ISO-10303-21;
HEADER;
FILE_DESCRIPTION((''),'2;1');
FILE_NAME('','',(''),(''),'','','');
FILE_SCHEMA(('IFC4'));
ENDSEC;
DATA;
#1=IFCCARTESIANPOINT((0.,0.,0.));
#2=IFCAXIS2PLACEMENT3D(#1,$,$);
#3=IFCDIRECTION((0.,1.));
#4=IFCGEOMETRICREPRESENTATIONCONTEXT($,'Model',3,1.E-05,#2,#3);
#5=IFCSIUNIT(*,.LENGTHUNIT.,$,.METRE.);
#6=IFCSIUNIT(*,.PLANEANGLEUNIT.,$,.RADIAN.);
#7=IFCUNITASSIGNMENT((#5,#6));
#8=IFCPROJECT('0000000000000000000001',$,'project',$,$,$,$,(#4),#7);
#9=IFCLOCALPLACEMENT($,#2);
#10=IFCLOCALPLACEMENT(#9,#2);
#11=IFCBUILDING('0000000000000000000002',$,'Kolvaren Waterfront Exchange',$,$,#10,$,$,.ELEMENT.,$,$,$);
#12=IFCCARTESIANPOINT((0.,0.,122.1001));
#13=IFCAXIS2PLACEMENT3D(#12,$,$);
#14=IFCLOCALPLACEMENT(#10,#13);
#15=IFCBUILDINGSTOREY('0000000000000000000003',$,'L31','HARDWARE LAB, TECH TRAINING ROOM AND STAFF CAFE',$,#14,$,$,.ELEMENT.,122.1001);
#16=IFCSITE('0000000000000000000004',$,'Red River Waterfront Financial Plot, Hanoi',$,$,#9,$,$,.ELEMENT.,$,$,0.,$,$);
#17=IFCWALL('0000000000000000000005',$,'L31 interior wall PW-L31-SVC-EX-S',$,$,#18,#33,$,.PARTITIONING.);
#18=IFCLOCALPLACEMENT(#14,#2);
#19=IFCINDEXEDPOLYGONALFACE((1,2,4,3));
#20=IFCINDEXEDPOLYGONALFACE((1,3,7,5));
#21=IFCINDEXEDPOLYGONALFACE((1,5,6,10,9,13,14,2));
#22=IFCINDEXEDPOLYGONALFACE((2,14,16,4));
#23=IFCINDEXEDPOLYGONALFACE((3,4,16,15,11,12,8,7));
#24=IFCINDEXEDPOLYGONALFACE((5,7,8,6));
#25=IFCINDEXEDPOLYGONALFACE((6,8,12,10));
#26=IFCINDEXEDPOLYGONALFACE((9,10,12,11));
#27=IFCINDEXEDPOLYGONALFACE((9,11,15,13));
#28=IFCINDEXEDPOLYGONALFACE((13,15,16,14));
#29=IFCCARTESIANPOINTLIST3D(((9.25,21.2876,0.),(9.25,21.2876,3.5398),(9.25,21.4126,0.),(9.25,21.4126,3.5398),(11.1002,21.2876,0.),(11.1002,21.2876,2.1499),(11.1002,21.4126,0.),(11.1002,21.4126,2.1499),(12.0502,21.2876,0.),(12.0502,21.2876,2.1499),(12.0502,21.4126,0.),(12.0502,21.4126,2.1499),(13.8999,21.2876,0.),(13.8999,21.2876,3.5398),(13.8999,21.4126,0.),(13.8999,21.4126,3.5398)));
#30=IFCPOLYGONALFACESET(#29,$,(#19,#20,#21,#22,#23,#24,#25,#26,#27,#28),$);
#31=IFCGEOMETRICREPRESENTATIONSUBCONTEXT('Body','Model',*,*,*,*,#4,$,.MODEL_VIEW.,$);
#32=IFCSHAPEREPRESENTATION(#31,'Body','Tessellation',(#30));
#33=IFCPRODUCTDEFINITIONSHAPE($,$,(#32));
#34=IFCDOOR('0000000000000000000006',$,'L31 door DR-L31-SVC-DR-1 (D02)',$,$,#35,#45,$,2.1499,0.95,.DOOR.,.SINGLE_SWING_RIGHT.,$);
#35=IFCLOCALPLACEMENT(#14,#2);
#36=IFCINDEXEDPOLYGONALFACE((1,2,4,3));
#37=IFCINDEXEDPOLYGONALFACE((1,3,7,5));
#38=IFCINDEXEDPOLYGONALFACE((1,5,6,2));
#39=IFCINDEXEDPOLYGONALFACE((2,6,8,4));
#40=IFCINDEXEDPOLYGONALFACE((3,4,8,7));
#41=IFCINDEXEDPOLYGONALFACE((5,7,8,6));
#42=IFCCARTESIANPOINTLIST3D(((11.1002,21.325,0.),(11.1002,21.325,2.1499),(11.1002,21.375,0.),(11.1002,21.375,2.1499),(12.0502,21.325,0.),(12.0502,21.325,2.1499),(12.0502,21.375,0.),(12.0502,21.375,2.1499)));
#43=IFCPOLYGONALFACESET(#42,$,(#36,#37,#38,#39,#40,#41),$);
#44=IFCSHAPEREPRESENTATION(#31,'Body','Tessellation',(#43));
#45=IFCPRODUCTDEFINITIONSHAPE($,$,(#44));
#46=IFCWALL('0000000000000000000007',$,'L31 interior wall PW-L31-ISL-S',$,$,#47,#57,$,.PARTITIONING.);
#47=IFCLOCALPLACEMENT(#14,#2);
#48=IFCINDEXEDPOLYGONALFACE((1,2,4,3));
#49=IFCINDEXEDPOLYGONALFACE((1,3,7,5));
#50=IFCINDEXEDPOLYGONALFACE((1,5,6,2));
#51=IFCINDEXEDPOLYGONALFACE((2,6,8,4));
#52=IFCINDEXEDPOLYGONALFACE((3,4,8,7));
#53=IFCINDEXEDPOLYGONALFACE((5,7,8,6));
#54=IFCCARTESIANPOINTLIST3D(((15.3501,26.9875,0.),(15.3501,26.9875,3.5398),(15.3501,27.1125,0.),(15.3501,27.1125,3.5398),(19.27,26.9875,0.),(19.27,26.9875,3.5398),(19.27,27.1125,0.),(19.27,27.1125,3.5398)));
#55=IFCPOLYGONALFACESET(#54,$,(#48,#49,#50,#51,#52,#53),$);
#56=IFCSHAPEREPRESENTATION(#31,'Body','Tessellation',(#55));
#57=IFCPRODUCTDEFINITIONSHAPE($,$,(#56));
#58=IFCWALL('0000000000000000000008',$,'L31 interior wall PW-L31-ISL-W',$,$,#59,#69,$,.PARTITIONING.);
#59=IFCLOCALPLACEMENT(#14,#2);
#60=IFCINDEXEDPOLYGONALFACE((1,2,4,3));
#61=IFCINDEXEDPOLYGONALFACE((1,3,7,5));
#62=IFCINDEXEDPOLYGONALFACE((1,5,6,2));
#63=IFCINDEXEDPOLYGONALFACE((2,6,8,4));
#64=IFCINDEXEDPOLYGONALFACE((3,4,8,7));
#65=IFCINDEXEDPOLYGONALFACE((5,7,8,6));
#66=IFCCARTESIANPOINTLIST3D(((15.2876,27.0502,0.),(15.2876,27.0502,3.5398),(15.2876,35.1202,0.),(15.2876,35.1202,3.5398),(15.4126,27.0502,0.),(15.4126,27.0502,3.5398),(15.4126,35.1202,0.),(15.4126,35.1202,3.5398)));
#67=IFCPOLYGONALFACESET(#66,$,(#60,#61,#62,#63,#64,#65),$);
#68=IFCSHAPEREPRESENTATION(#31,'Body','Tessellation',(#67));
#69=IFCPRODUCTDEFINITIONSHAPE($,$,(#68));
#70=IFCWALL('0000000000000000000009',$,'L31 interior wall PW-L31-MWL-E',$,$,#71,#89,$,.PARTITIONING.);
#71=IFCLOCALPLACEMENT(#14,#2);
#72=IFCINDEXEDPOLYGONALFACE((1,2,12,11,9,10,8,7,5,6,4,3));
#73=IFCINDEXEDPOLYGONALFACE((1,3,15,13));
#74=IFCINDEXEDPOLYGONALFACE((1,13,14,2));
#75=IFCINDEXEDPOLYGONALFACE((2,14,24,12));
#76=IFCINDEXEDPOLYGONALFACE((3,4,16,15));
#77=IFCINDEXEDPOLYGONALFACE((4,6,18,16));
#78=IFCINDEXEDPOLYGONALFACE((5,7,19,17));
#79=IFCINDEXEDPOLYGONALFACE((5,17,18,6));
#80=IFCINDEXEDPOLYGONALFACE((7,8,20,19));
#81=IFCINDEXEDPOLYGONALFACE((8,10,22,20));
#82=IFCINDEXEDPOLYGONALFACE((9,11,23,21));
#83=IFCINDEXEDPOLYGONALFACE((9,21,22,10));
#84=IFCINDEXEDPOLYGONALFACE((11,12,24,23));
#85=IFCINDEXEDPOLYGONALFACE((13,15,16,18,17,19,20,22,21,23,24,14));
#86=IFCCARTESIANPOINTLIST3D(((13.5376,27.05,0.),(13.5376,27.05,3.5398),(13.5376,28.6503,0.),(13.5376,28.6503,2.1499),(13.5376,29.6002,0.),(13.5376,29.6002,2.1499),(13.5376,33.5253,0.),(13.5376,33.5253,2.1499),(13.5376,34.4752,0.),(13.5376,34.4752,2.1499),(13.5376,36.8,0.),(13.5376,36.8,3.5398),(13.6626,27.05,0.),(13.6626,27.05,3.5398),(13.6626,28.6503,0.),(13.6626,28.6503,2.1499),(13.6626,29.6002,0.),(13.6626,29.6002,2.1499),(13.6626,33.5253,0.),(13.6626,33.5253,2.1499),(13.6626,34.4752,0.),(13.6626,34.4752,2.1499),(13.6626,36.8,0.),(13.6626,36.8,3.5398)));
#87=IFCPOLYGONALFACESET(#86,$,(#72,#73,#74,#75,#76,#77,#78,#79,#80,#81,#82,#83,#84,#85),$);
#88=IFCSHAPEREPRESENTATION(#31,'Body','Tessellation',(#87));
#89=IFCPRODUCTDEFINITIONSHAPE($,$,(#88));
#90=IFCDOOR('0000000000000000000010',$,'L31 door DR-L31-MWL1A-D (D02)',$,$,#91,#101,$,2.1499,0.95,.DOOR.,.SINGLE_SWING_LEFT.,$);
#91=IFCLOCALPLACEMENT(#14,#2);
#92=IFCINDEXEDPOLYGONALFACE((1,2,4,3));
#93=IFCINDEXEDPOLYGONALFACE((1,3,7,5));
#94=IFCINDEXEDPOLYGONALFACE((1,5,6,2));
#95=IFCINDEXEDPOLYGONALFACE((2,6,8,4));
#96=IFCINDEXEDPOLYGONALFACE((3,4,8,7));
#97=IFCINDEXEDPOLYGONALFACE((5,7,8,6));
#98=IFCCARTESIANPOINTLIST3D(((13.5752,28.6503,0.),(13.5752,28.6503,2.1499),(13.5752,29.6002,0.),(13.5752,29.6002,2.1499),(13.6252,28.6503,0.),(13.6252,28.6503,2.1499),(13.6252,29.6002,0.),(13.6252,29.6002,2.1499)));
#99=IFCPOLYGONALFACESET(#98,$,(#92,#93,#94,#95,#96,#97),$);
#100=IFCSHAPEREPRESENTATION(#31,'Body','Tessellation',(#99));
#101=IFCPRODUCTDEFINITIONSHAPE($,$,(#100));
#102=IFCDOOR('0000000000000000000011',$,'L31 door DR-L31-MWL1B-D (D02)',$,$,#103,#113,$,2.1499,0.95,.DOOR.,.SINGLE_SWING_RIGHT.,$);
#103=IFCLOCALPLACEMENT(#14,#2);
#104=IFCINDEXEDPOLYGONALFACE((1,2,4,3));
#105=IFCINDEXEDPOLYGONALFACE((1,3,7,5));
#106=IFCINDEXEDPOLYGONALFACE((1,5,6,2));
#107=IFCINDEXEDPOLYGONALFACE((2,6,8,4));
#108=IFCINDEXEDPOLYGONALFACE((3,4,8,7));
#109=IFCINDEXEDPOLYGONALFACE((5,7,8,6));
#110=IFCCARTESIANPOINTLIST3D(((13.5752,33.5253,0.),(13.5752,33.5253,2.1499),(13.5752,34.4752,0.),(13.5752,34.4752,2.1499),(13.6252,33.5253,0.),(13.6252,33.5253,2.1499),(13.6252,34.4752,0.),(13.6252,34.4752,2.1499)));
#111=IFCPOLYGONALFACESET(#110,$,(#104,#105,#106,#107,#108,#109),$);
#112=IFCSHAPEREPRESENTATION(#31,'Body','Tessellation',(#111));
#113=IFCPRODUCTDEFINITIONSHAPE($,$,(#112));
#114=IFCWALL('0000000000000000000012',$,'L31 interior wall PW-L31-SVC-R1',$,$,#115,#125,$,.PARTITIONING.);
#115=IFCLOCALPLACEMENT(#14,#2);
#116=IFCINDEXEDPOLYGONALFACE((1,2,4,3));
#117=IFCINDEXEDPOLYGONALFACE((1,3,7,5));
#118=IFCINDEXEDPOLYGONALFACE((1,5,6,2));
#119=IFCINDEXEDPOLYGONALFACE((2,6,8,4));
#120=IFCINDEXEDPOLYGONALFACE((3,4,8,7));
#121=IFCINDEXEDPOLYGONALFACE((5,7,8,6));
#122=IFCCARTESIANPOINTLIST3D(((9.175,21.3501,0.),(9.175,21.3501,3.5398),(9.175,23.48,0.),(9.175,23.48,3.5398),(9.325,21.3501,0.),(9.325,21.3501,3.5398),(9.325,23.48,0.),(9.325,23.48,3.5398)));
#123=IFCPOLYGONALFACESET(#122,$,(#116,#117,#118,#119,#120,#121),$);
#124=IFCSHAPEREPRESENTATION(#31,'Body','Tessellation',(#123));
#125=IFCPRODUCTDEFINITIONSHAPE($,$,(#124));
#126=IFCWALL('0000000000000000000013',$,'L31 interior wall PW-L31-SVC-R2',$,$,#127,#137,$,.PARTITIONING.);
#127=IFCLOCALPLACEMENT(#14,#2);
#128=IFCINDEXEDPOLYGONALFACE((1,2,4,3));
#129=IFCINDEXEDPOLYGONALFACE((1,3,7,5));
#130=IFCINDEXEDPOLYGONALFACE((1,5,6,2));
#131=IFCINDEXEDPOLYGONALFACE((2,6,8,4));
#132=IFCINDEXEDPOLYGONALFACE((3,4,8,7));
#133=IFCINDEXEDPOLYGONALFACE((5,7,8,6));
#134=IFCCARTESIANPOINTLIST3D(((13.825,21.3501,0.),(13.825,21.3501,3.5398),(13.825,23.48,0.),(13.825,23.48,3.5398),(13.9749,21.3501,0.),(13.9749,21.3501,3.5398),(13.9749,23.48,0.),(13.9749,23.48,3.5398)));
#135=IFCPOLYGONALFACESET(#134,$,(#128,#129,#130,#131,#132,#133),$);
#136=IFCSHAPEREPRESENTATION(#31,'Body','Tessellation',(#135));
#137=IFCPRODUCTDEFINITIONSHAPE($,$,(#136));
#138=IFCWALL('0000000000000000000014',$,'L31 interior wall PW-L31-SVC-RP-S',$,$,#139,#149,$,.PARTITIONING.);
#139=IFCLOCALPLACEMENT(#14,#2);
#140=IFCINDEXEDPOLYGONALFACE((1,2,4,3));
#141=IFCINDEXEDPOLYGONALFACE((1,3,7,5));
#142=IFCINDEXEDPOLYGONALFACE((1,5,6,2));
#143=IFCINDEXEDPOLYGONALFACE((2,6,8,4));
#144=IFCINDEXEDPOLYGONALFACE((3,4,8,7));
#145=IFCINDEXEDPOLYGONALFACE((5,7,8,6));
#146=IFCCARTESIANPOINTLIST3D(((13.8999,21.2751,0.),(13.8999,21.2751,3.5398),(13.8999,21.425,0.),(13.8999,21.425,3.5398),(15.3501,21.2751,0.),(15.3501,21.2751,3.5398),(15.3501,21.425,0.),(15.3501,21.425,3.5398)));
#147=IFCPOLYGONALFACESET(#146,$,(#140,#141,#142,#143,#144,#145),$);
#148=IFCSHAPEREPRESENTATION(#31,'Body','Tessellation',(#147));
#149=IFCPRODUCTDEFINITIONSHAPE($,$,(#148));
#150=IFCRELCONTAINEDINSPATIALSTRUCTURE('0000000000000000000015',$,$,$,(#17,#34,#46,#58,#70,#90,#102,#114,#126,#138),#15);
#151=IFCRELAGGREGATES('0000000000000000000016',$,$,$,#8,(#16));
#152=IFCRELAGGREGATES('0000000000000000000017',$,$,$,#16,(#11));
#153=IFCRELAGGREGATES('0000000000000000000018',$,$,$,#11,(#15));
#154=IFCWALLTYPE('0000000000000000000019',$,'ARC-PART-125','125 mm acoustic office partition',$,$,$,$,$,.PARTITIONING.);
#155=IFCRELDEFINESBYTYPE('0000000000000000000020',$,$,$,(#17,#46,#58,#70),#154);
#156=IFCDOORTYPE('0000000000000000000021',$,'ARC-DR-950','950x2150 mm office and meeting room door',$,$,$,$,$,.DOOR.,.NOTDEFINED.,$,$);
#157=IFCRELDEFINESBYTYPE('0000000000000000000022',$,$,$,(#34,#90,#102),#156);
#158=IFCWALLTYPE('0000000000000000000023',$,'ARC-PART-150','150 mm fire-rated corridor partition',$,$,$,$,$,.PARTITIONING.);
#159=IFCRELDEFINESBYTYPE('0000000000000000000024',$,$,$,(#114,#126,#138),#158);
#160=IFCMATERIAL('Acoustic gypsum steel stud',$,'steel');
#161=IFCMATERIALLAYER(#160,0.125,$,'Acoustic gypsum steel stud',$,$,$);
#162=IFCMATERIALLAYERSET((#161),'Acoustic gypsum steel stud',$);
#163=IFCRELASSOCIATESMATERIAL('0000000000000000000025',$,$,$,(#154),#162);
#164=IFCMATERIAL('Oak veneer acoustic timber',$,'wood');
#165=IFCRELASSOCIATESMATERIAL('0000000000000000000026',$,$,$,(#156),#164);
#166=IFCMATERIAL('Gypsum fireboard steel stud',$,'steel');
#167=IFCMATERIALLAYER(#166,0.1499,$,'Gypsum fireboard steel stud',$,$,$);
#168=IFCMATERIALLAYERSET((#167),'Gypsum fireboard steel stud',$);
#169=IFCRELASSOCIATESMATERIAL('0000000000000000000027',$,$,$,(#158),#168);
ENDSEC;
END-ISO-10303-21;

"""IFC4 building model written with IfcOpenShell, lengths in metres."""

from ifc_helpers import new_model, si_unit, direction, frame, frame_2d, origin, place, context, subcontext, project, spatial, rectangle, extrude, material, layer, layer_set, type_object, element, fill, save


model = new_model("IFC4")

# Units and contexts
model_context = context("Model", 3, precision=1e-05, world=origin(), true_north=direction((0.0, 1.0)))
body_context = subcontext(model_context, "Body", "Model", "MODEL_VIEW")
ifc_project = project(units=[si_unit("LENGTHUNIT", "METRE"), si_unit("PLANEANGLEUNIT", "RADIAN")], contexts=[model_context])

# Site, building, storey
site_placement = place(None, origin())
site = spatial("IfcSite", under=ifc_project, at=site_placement, Name="Red River Waterfront Financial Plot, Hanoi", CompositionType="ELEMENT", RefElevation=0.0)
building_placement = place(site_placement, origin())
building = spatial("IfcBuilding", under=site, at=building_placement, Name="Kolvaren Waterfront Exchange", CompositionType="ELEMENT")
storey_placement = place(building_placement, frame((0.0, 0.0, 122.1001)))
storey = spatial("IfcBuildingStorey", under=building, at=storey_placement, Name="L31", Description="HARDWARE LAB, TECH TRAINING ROOM AND STAFF CAFE", CompositionType="ELEMENT", Elevation=122.1001)

# Wall, opening, door
ifc_material_1 = material(Name="Acoustic gypsum steel stud", Category="steel")
ifc_layer_1 = layer(ifc_material_1, 0.125, Name="Acoustic gypsum steel stud")
ifc_layer_set_1 = layer_set([ifc_layer_1], Name="Acoustic gypsum steel stud")
wall_type_1 = type_object("IfcWallType", Name="ARC-PART-125", Description="125 mm acoustic office partition", PredefinedType="PARTITIONING", material=ifc_layer_set_1)
wall_1_placement = place(storey_placement, frame((9.25, 21.3501, 0.0), z_axis=(0.0, 0.0, 1.0), x_axis=(1.0, 0.0, 0.0)))
wall_1 = element("IfcWall", 1, at=wall_1_placement, inside=storey, type_object=wall_type_1, Name="L31 interior wall PW-L31-SVC-EX-S", PredefinedType="PARTITIONING", context=body_context, shape_type="SweptSolid", body=[
    extrude(rectangle(XDim=4.6499, YDim=0.125, at=frame_2d((2.325, 0.0))), origin(), (0.0, 0.0, 1.0), 3.5398),
])
opening_1_placement = place(wall_1_placement, frame((1.8501, 0.0, 0.0)))
opening_1 = element("IfcOpeningElement", 2, at=opening_1_placement, cuts=wall_1, PredefinedType="OPENING", context=body_context, shape_type="SweptSolid", body=[
    extrude(rectangle(XDim=0.95, YDim=2.1499, at=frame_2d((0.4751, 1.075))), frame((0.0, 0.0725, 0.0), z_axis=(0.0, -1.0, 0.0), x_axis=(1.0, 0.0, 0.0)), (0.0, 0.0, 1.0), 0.145),
])
ifc_material_2 = material(Name="Oak veneer acoustic timber", Category="wood")
door_type_1 = type_object("IfcDoorType", Name="ARC-DR-950", Description="950x2150 mm office and meeting room door", OperationType="NOTDEFINED", PredefinedType="DOOR", material=ifc_material_2)
door_1_placement = place(opening_1_placement, origin())
door_1 = element("IfcDoor", 3, at=door_1_placement, inside=storey, type_object=door_type_1, Name="L31 door DR-L31-SVC-DR-1 (D02)", OperationType="SINGLE_SWING_RIGHT", OverallHeight=2.1499, OverallWidth=0.95, PredefinedType="DOOR", context=body_context, shape_type="SweptSolid", body=[
    extrude(rectangle(XDim=0.95, YDim=2.1499, at=frame_2d((0.4751, 1.075))), frame((0.0, 0.0249, 0.0), z_axis=(0.0, -1.0, 0.0), x_axis=(1.0, 0.0, 0.0)), (0.0, 0.0, 1.0), 0.05),
])
fill(opening_1, door_1)

# Walls
wall_2_placement = place(storey_placement, frame((15.3501, 27.05, 0.0), z_axis=(0.0, 0.0, 1.0), x_axis=(1.0, 0.0, 0.0)))
element("IfcWall", 4, at=wall_2_placement, inside=storey, type_object=wall_type_1, Name="L31 interior wall PW-L31-ISL-S", PredefinedType="PARTITIONING", context=body_context, shape_type="SweptSolid", body=[
    extrude(rectangle(XDim=3.9199, YDim=0.125, at=frame_2d((1.96, 0.0))), origin(), (0.0, 0.0, 1.0), 3.5398),
])
wall_3_placement = place(storey_placement, frame((15.3501, 27.05, 0.0), z_axis=(0.0, 0.0, 1.0), x_axis=(0.0, 1.0, 0.0)))
element("IfcWall", 5, at=wall_3_placement, inside=storey, type_object=wall_type_1, Name="L31 interior wall PW-L31-ISL-W", PredefinedType="PARTITIONING", context=body_context, shape_type="SweptSolid", body=[
    extrude(rectangle(XDim=8.0701, YDim=0.125, at=frame_2d((4.0352, 0.0))), origin(), (0.0, 0.0, 1.0), 3.5398),
])

# Wall, openings, doors
wall_4_placement = place(storey_placement, frame((13.6001, 27.05, 0.0), z_axis=(0.0, 0.0, 1.0), x_axis=(0.0, 1.0, 0.0)))
wall_4 = element("IfcWall", 6, at=wall_4_placement, inside=storey, type_object=wall_type_1, Name="L31 interior wall PW-L31-MWL-E", PredefinedType="PARTITIONING", context=body_context, shape_type="SweptSolid", body=[
    extrude(rectangle(XDim=9.75, YDim=0.125, at=frame_2d((4.875, 0.0))), origin(), (0.0, 0.0, 1.0), 3.5398),
])
opening_2_placement = place(wall_4_placement, frame((1.6001, 0.0, 0.0)))
opening_2 = element("IfcOpeningElement", 7, at=opening_2_placement, cuts=wall_4, PredefinedType="OPENING", context=body_context, shape_type="SweptSolid", body=[
    extrude(rectangle(XDim=0.95, YDim=2.1499, at=frame_2d((0.4751, 1.075))), frame((0.0, 0.0725, 0.0), z_axis=(0.0, -1.0, 0.0), x_axis=(1.0, 0.0, 0.0)), (0.0, 0.0, 1.0), 0.145),
])
opening_3_placement = place(wall_4_placement, frame((6.4751, 0.0, 0.0)))
opening_3 = element("IfcOpeningElement", 8, at=opening_3_placement, cuts=wall_4, PredefinedType="OPENING", context=body_context, shape_type="SweptSolid", body=[
    extrude(rectangle(XDim=0.95, YDim=2.1499, at=frame_2d((0.4751, 1.075))), frame((0.0, 0.0725, 0.0), z_axis=(0.0, -1.0, 0.0), x_axis=(1.0, 0.0, 0.0)), (0.0, 0.0, 1.0), 0.145),
])
door_2_placement = place(opening_2_placement, origin())
door_2 = element("IfcDoor", 9, at=door_2_placement, inside=storey, type_object=door_type_1, Name="L31 door DR-L31-MWL1A-D (D02)", OperationType="SINGLE_SWING_LEFT", OverallHeight=2.1499, OverallWidth=0.95, PredefinedType="DOOR", context=body_context, shape_type="SweptSolid", body=[
    extrude(rectangle(XDim=0.95, YDim=2.1499, at=frame_2d((0.4751, 1.075))), frame((0.0, 0.0249, 0.0), z_axis=(0.0, -1.0, 0.0), x_axis=(1.0, 0.0, 0.0)), (0.0, 0.0, 1.0), 0.05),
])
fill(opening_2, door_2)
door_3_placement = place(opening_3_placement, origin())
door_3 = element("IfcDoor", 10, at=door_3_placement, inside=storey, type_object=door_type_1, Name="L31 door DR-L31-MWL1B-D (D02)", OperationType="SINGLE_SWING_RIGHT", OverallHeight=2.1499, OverallWidth=0.95, PredefinedType="DOOR", context=body_context, shape_type="SweptSolid", body=[
    extrude(rectangle(XDim=0.95, YDim=2.1499, at=frame_2d((0.4751, 1.075))), frame((0.0, 0.0249, 0.0), z_axis=(0.0, -1.0, 0.0), x_axis=(1.0, 0.0, 0.0)), (0.0, 0.0, 1.0), 0.05),
])
fill(opening_3, door_3)

# Walls
ifc_material_3 = material(Name="Gypsum fireboard steel stud", Category="steel")
ifc_layer_2 = layer(ifc_material_3, 0.1499, Name="Gypsum fireboard steel stud")
ifc_layer_set_2 = layer_set([ifc_layer_2], Name="Gypsum fireboard steel stud")
wall_type_2 = type_object("IfcWallType", Name="ARC-PART-150", Description="150 mm fire-rated corridor partition", PredefinedType="PARTITIONING", material=ifc_layer_set_2)
for number, where, z_axis, x_axis, name in (
    (11, (9.25, 21.3501, 0.0), (0.0, 0.0, 1.0), (0.0, 1.0, 0.0), "L31 interior wall PW-L31-SVC-R1"),
    (12, (13.8999, 21.3501, 0.0), (0.0, 0.0, 1.0), (0.0, 1.0, 0.0), "L31 interior wall PW-L31-SVC-R2"),
):
    element("IfcWall", number, at=place(storey_placement, frame(where, z_axis=z_axis, x_axis=x_axis)), inside=storey, type_object=wall_type_2, Name=name, PredefinedType="PARTITIONING", context=body_context, shape_type="SweptSolid", body=[
        extrude(rectangle(XDim=2.1299, YDim=0.1499, at=frame_2d((1.0649, 0.0))), origin(), (0.0, 0.0, 1.0), 3.5398),
    ])

# Wall
wall_5_placement = place(storey_placement, frame((13.8999, 21.3501, 0.0), z_axis=(0.0, 0.0, 1.0), x_axis=(1.0, 0.0, 0.0)))
element("IfcWall", 13, at=wall_5_placement, inside=storey, type_object=wall_type_2, Name="L31 interior wall PW-L31-SVC-RP-S", PredefinedType="PARTITIONING", context=body_context, shape_type="SweptSolid", body=[
    extrude(rectangle(XDim=1.4502, YDim=0.1499, at=frame_2d((0.7251, 0.0))), origin(), (0.0, 0.0, 1.0), 3.5398),
])

save(model, "model.ifc")
